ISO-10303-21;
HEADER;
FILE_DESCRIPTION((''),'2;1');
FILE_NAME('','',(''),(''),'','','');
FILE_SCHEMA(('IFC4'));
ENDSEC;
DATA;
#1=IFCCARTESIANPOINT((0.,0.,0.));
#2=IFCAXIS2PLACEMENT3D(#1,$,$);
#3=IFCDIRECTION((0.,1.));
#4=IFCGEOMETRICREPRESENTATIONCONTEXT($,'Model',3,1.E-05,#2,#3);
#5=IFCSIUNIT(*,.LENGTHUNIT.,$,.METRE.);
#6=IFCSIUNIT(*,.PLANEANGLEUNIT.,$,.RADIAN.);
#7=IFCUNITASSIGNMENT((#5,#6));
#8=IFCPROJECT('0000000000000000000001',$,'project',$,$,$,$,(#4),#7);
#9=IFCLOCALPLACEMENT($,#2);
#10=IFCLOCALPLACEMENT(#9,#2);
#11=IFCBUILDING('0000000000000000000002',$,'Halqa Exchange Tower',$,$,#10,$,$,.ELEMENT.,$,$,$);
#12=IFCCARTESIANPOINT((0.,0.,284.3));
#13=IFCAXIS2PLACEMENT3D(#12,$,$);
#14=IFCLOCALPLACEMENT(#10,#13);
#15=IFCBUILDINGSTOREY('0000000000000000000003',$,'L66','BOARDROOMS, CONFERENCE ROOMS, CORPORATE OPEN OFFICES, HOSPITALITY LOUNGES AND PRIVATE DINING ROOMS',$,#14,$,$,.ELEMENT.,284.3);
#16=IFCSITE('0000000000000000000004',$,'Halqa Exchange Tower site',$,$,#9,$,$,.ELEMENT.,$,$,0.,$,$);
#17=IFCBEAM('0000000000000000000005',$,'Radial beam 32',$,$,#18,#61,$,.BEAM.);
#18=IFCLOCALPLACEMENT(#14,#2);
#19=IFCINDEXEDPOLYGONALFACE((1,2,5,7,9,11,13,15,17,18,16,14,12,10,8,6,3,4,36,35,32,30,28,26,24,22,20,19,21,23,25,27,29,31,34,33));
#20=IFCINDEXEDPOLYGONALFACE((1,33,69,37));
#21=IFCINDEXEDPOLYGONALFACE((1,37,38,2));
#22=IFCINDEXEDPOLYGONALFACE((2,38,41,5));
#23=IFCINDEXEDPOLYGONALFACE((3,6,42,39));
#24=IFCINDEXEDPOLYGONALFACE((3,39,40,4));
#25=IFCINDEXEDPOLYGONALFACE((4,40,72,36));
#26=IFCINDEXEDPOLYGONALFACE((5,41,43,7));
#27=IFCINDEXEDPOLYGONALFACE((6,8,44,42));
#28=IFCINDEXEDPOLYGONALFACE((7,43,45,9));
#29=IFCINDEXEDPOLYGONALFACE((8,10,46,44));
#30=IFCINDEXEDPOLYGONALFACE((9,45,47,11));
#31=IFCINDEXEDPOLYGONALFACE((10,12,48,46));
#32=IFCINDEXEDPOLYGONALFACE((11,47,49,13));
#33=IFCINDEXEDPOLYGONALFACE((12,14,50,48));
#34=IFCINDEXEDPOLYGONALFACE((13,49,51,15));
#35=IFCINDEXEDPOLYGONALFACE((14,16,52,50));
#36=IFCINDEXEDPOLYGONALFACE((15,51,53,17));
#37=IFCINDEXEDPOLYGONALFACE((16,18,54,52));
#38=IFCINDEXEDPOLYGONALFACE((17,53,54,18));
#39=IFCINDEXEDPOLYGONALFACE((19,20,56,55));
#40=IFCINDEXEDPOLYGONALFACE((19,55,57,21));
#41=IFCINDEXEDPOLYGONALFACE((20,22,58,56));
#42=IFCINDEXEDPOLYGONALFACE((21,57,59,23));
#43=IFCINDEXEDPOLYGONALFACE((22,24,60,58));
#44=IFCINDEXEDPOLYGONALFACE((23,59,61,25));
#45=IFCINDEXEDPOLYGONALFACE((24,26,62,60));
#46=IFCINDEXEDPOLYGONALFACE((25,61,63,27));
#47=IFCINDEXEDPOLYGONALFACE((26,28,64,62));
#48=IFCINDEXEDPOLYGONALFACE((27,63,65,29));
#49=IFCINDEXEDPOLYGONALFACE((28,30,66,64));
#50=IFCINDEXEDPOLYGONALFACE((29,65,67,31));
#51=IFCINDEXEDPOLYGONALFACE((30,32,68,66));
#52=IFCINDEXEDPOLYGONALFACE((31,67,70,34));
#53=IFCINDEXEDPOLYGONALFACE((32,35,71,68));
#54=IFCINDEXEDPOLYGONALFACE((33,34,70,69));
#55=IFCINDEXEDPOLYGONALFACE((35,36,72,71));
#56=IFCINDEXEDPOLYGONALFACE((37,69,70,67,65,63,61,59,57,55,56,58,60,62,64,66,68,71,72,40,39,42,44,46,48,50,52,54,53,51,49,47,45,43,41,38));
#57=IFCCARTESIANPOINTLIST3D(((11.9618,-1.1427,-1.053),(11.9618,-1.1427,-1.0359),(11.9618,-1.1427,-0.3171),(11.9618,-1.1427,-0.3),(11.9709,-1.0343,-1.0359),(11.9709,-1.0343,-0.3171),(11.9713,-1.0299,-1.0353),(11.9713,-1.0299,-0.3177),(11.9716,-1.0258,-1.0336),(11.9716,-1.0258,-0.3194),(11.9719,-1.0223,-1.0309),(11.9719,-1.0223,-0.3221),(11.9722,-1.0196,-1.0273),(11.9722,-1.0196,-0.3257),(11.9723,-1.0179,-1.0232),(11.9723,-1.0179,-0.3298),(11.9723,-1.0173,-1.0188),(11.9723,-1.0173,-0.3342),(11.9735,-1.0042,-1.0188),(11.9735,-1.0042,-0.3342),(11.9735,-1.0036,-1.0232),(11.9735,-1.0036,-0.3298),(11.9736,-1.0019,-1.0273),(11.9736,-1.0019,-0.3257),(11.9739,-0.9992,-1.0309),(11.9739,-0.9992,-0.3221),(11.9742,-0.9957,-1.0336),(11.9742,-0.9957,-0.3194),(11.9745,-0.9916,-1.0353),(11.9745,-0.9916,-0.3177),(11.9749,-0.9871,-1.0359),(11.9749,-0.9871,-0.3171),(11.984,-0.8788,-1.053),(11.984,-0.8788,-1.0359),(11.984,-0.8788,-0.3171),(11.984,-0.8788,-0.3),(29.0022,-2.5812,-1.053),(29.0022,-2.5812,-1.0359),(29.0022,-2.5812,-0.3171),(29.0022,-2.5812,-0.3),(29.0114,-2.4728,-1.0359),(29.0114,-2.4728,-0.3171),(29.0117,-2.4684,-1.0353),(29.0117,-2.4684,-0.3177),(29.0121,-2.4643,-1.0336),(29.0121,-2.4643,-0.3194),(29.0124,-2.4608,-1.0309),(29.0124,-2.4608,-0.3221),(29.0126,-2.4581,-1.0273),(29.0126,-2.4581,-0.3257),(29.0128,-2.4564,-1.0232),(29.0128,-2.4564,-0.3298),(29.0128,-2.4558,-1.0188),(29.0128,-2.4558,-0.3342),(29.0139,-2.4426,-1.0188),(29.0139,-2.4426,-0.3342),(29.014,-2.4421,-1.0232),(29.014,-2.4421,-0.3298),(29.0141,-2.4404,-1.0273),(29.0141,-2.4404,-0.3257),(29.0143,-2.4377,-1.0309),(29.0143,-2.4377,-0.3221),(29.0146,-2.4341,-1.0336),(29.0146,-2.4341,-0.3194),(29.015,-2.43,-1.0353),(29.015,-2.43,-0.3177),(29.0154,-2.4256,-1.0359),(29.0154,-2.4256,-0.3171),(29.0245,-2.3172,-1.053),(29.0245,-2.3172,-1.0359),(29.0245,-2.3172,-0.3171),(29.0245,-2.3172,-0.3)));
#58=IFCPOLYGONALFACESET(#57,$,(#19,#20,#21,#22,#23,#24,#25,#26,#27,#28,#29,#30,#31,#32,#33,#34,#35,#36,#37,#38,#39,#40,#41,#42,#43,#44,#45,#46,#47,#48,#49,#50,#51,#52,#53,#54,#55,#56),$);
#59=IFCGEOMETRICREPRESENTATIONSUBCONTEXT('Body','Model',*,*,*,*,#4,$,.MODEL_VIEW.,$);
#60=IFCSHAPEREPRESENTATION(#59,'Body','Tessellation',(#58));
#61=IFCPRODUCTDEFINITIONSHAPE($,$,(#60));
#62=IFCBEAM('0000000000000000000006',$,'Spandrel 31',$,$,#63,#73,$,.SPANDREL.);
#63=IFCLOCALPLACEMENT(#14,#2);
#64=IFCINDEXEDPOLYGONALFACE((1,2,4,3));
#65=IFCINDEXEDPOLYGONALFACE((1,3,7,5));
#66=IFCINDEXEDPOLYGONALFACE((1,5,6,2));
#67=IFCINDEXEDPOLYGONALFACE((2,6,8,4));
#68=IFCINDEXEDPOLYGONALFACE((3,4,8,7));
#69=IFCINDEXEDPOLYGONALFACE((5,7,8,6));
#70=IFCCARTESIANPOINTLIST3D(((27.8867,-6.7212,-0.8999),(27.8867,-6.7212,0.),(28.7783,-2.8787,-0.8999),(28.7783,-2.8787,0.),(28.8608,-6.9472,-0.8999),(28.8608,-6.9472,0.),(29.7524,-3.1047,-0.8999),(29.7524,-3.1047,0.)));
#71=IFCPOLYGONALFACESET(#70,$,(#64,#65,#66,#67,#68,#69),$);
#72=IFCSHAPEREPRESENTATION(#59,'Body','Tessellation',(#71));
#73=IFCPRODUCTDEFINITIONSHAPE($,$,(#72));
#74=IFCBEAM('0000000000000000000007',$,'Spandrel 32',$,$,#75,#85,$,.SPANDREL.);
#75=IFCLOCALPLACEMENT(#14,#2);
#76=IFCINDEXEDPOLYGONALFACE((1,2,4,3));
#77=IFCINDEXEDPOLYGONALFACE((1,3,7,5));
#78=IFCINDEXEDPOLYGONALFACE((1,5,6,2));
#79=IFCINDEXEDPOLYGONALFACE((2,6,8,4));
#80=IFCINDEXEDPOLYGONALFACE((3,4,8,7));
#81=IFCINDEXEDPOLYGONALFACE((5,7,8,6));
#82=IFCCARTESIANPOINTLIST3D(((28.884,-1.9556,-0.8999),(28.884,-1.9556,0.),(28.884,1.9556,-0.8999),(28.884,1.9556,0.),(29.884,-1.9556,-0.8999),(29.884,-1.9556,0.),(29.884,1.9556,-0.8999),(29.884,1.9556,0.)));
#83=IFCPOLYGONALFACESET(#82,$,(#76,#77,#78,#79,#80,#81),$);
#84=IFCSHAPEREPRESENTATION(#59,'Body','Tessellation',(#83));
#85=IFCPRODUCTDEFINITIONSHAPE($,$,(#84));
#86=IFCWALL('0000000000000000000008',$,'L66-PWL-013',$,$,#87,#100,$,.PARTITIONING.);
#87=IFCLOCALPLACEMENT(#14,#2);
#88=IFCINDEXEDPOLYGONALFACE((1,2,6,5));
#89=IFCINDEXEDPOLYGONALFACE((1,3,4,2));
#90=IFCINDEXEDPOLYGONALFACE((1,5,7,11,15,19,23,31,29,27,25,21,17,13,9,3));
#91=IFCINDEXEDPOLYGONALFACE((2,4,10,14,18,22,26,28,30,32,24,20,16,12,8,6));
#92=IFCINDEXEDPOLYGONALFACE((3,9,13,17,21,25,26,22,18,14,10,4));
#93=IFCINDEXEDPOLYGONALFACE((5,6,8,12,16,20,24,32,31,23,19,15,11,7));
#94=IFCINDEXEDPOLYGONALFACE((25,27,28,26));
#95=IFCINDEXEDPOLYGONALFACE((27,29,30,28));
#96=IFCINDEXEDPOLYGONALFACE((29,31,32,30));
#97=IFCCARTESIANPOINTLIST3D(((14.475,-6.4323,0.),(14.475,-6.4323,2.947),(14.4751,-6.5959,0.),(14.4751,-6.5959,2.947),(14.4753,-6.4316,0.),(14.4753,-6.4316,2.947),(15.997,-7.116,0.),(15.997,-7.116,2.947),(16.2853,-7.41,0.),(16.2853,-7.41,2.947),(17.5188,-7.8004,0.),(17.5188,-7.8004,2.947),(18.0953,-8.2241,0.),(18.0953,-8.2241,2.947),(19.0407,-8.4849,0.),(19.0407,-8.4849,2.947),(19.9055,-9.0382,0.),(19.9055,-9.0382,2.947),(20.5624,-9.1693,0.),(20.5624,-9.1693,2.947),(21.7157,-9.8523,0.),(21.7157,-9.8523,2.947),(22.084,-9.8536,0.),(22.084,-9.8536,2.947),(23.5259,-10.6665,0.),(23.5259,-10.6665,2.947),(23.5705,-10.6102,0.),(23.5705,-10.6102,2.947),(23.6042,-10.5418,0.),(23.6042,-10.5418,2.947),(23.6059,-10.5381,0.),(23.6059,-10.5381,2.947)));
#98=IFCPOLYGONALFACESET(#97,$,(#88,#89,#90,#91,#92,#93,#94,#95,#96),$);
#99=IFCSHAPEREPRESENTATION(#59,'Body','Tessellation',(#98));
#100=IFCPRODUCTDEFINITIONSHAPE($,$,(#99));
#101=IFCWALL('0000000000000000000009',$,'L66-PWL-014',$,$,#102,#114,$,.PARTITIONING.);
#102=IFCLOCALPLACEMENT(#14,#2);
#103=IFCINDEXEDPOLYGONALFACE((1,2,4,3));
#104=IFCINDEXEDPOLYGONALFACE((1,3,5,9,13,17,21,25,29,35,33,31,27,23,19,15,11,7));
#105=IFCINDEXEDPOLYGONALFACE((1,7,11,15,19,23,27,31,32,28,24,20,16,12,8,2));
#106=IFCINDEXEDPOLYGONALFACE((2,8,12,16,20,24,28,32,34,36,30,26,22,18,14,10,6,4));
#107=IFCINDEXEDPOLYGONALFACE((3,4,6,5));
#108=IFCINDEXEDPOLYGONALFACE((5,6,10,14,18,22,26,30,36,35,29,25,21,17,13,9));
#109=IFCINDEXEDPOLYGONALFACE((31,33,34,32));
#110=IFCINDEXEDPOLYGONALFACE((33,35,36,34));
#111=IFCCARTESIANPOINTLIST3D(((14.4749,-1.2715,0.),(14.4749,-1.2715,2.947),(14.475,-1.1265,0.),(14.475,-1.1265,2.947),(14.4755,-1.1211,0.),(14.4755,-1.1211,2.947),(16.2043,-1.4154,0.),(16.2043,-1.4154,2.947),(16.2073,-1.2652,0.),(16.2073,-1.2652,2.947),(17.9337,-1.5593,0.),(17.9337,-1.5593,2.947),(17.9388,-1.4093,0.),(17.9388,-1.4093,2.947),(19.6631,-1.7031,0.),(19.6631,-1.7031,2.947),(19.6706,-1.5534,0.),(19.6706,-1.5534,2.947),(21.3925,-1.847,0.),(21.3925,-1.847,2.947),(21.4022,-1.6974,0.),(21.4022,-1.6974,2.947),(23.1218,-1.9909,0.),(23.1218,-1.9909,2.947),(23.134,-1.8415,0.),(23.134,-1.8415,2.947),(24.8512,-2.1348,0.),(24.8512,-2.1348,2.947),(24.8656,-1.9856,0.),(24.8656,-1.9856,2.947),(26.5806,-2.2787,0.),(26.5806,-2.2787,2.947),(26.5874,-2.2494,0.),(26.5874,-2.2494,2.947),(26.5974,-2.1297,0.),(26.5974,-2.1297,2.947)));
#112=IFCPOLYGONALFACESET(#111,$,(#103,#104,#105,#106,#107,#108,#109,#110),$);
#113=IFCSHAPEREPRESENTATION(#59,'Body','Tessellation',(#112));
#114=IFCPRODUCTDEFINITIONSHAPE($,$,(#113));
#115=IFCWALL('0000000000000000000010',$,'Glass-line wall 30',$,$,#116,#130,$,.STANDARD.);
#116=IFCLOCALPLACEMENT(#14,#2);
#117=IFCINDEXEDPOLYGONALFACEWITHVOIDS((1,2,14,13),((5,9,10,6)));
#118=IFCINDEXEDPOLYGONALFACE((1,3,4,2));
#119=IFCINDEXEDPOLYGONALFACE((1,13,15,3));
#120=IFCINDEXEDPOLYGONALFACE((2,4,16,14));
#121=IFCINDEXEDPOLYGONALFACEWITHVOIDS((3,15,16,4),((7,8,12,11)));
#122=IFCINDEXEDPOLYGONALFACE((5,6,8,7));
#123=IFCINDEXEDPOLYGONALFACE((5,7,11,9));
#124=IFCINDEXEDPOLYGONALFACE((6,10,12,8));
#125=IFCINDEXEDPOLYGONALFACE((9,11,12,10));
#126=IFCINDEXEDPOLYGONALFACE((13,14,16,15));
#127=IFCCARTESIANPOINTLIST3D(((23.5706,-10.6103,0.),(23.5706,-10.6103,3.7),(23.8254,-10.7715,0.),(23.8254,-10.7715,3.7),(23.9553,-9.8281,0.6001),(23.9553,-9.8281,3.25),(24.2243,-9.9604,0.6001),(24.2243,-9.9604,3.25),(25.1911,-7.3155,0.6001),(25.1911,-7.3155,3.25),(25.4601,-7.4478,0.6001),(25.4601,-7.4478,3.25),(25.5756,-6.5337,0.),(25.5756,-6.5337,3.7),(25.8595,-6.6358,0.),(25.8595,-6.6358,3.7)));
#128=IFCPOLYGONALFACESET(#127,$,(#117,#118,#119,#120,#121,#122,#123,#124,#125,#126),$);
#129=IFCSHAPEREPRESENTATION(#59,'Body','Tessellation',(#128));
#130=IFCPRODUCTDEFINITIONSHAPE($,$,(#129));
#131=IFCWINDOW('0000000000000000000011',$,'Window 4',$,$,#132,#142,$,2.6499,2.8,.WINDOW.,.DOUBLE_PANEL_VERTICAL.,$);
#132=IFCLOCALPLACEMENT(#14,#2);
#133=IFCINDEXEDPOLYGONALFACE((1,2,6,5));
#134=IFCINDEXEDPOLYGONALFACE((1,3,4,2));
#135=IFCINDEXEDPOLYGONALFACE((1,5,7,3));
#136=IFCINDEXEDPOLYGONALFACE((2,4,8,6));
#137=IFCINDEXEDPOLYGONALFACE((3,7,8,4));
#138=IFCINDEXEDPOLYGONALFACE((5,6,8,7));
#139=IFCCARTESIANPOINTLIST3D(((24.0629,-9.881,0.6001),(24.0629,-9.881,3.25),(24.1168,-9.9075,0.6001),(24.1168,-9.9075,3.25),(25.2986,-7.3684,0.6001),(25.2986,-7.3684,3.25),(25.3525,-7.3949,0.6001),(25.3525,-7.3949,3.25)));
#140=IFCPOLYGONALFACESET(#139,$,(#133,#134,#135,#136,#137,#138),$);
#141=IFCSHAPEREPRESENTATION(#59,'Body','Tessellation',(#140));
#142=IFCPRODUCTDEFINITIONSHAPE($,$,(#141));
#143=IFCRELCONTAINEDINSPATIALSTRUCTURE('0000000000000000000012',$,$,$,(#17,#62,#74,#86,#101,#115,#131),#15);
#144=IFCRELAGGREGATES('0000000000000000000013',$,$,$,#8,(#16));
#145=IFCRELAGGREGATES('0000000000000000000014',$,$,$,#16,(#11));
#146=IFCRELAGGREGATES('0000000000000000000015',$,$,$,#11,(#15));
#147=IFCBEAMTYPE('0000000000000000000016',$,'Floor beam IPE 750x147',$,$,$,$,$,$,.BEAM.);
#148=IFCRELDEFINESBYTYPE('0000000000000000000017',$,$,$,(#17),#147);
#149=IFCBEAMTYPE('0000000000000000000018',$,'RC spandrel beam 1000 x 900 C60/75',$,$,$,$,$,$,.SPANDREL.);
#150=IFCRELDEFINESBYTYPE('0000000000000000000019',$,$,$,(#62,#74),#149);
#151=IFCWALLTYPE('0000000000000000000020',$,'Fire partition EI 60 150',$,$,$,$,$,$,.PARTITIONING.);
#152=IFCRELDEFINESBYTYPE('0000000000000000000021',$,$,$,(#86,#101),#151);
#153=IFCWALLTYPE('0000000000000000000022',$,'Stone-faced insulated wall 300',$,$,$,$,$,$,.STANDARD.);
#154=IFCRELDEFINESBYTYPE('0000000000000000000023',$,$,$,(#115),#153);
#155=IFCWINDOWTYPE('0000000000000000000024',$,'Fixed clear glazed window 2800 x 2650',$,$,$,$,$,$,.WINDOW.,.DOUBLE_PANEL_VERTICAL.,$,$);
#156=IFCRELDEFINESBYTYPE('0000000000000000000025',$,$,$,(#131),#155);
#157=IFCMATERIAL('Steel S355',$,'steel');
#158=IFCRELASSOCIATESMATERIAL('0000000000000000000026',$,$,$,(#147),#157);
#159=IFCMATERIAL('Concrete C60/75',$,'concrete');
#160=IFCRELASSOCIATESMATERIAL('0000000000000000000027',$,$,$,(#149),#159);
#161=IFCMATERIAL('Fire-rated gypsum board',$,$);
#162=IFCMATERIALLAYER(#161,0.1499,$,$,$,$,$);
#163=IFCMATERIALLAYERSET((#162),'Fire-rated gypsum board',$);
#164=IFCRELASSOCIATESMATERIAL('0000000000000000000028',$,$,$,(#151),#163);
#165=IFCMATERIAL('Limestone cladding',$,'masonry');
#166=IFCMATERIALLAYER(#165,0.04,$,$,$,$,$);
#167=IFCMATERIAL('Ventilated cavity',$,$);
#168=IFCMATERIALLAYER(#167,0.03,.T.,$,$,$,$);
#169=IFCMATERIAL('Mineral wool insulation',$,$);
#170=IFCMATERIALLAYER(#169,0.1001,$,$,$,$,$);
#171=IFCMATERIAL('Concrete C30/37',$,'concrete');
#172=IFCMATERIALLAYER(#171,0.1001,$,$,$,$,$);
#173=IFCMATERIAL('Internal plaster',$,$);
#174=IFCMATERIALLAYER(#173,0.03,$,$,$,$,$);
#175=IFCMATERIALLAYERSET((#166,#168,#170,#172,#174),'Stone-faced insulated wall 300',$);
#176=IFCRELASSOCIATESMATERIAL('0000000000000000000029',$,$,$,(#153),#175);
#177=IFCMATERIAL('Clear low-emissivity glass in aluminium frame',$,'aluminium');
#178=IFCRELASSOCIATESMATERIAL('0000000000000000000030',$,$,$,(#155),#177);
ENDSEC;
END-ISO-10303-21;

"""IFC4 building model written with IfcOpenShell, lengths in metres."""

from ifc_helpers import new_model, si_unit, direction, frame, frame_2d, origin, origin_2d, place, context, subcontext, project, spatial, polyline, rectangle, i_section, outline, extrude, material, layer, layer_set, material_profile, profile_set, type_object, element, fill, save


model = new_model("IFC4")

# Units and contexts
model_context = context("Model", 3, precision=1e-05, world=origin(), true_north=direction((0.0, 1.0)))
body_context = subcontext(model_context, "Body", "Model", "MODEL_VIEW")
ifc_project = project(units=[si_unit("LENGTHUNIT", "METRE"), si_unit("PLANEANGLEUNIT", "RADIAN")], contexts=[model_context])

# Site, building, storey
site_placement = place(None, origin())
site = spatial("IfcSite", under=ifc_project, at=site_placement, Name="Halqa Exchange Tower site", CompositionType="ELEMENT", RefElevation=0.0)
building_placement = place(site_placement, origin())
building = spatial("IfcBuilding", under=site, at=building_placement, Name="Halqa Exchange Tower", CompositionType="ELEMENT")
storey_placement = place(building_placement, frame((0.0, 0.0, 284.3)))
storey = spatial("IfcBuildingStorey", under=building, at=storey_placement, Name="L66", Description="BOARDROOMS, CONFERENCE ROOMS, CORPORATE OPEN OFFICES, HOSPITALITY LOUNGES AND PRIVATE DINING ROOMS", CompositionType="ELEMENT", Elevation=284.3)

# Shared definitions
ifc_material_1 = material(Name="Concrete C60/75", Category="concrete")

# Beams
ifc_material_2 = material(Name="Steel S355", Category="steel")
ifc_material_profile_1 = material_profile(ifc_material_2, i_section(OverallWidth=0.2649, OverallDepth=0.7529, WebThickness=0.0132, FlangeThickness=0.0171, FilletRadius=0.0171, at=origin_2d()), Name="IPE 750x147")
ifc_profile_set_1 = profile_set([ifc_material_profile_1], Name="Steel S355")
beam_type_1 = type_object("IfcBeamType", Name="Floor beam IPE 750x147", PredefinedType="BEAM", material=ifc_profile_set_1)
beam_1_placement = place(storey_placement, frame((11.9729, -1.0107, -0.6765), z_axis=(0.996456, -0.084116, 0.0), x_axis=(0.084116, 0.996456, 0.0)))
element("IfcBeam", 1, at=beam_1_placement, inside=storey, type_object=beam_type_1, Name="Radial beam 32", PredefinedType="BEAM", context=body_context, shape_type="SweptSolid", body=[
    extrude(i_section(OverallWidth=0.2649, OverallDepth=0.7529, WebThickness=0.0132, FlangeThickness=0.0171, FilletRadius=0.0171, at=origin_2d()), origin(), (0.0, 0.0, 1.0), 17.1011),
])
ifc_material_profile_2 = material_profile(ifc_material_1, rectangle(XDim=1.0, YDim=0.8999, at=origin_2d()), Name="1000 x 900")
ifc_profile_set_2 = profile_set([ifc_material_profile_2], Name="Concrete C60/75")
beam_type_2 = type_object("IfcBeamType", Name="RC spandrel beam 1000 x 900 C60/75", PredefinedType="SPANDREL", material=ifc_profile_set_2)
beam_2_placement = place(storey_placement, frame((28.3738, -6.8342, -0.45), z_axis=(0.22603, 0.97412, 0.0), x_axis=(-0.97412, 0.22603, 0.0)))
element("IfcBeam", 2, at=beam_2_placement, inside=storey, type_object=beam_type_2, Name="Spandrel 31", PredefinedType="SPANDREL", context=body_context, shape_type="SweptSolid", body=[
    extrude(rectangle(XDim=1.0, YDim=0.8999, at=origin_2d()), origin(), (0.0, 0.0, 1.0), 3.9446),
])
beam_3_placement = place(storey_placement, frame((29.384, -1.9556, -0.45), z_axis=(0.0, 1.0, 0.0), x_axis=(-1.0, 0.0, 0.0)))
element("IfcBeam", 3, at=beam_3_placement, inside=storey, type_object=beam_type_2, Name="Spandrel 32", PredefinedType="SPANDREL", context=body_context, shape_type="SweptSolid", body=[
    extrude(rectangle(XDim=1.0, YDim=0.8999, at=origin_2d()), origin(), (0.0, 0.0, 1.0), 3.9111),
])

# Walls
ifc_material_3 = material(Name="Fire-rated gypsum board")
ifc_layer_1 = layer(ifc_material_3, 0.1499)
ifc_layer_set_1 = layer_set([ifc_layer_1], Name="Fire-rated gypsum board")
wall_type_1 = type_object("IfcWallType", Name="Fire partition EI 60 150", PredefinedType="PARTITIONING", material=ifc_layer_set_1)
wall_1_placement = place(storey_placement, frame((14.4446, -6.5, 0.0), z_axis=(0.0, 0.0, 1.0), x_axis=(0.912009, -0.410171, 0.0)))
element("IfcWall", 4, at=wall_1_placement, inside=storey, type_object=wall_type_1, Name="L66-PWL-013", PredefinedType="PARTITIONING", context=body_context, shape_type="SweptSolid", body=[
    extrude(outline(polyline([(0.0671, -0.075), (2.052, -0.075), (4.0366, -0.075), (6.0215, -0.075), (8.0063, -0.075), (9.9912, -0.075), (10.0088, -0.0054), (10.0115, 0.0708), (10.0115, 0.075), (8.3428, 0.075), (6.6743, 0.075), (5.0059, 0.075), (3.3372, 0.075), (1.6685, 0.075), (0.0, 0.075), (0.0, 0.0742), (0.0671, -0.075)])), origin(), (0.0, 0.0, 1.0), 2.947),
])
wall_2_placement = place(storey_placement, frame((14.4692, -1.1958, 0.0), z_axis=(0.0, 0.0, 1.0), x_axis=(0.996557, -0.082914, 0.0)))
element("IfcWall", 5, at=wall_2_placement, inside=storey, type_object=wall_type_1, Name="L66-PWL-014", PredefinedType="PARTITIONING", context=body_context, shape_type="SweptSolid", body=[
    extrude(outline(polyline([(0.012, -0.075), (1.7473, -0.075), (3.4827, -0.075), (5.218, -0.075), (6.9534, -0.075), (8.6887, -0.075), (10.4241, -0.075), (12.1594, -0.075), (12.1638, -0.0452), (12.1638, 0.075), (10.426, 0.075), (8.6885, 0.075), (6.9507, 0.075), (5.2131, 0.075), (3.4753, 0.075), (1.7378, 0.075), (0.0, 0.075), (0.0, 0.0696), (0.012, -0.075)])), origin(), (0.0, 0.0, 1.0), 2.947),
])

# Wall, opening, window
ifc_material_4 = material(Name="Limestone cladding", Category="masonry")
ifc_layer_2 = layer(ifc_material_4, 0.04)
ifc_material_5 = material(Name="Ventilated cavity")
ifc_layer_3 = layer(ifc_material_5, 0.03, ventilated=True)
ifc_material_6 = material(Name="Mineral wool insulation")
ifc_layer_4 = layer(ifc_material_6, 0.1001)
ifc_material_7 = material(Name="Concrete C30/37", Category="concrete")
ifc_layer_5 = layer(ifc_material_7, 0.1001)
ifc_material_8 = material(Name="Internal plaster")
ifc_layer_6 = layer(ifc_material_8, 0.03)
ifc_layer_set_2 = layer_set([ifc_layer_2, ifc_layer_3, ifc_layer_4, ifc_layer_5, ifc_layer_6], Name="Stone-faced insulated wall 300")
wall_type_2 = type_object("IfcWallType", Name="Stone-faced insulated wall 300", PredefinedType="STANDARD", material=ifc_layer_set_2)
wall_3_placement = place(storey_placement, frame((23.698, -10.6909, 0.0), z_axis=(0.0, 0.0, 1.0), x_axis=(0.441335, 0.897342, 0.0)))
wall_3 = element("IfcWall", 6, at=wall_3_placement, inside=storey, type_object=wall_type_2, Name="Glass-line wall 30", PredefinedType="STANDARD", context=body_context, shape_type="SweptSolid", body=[
    extrude(outline(polyline([(-0.0161, -0.1499), (4.5928, -0.1499), (4.5591, 0.1499), (0.0161, 0.1499), (-0.0161, -0.1499)])), origin(), (0.0, 0.0, 1.0), 3.7),
])
opening_1_placement = place(wall_3_placement, frame((0.8879, 0.0, 0.6001)))
opening_1 = element("IfcOpeningElement", 7, at=opening_1_placement, cuts=wall_3, PredefinedType="OPENING", context=body_context, shape_type="SweptSolid", body=[
    extrude(rectangle(XDim=2.8, YDim=2.6499, at=frame_2d((1.3999, 1.325))), frame((0.0, 0.1621, 0.0), z_axis=(0.0, -1.0, 0.0), x_axis=(1.0, 0.0, 0.0)), (0.0, 0.0, 1.0), 0.324),
])
ifc_material_9 = material(Name="Clear low-emissivity glass in aluminium frame", Category="aluminium")
window_type = type_object("IfcWindowType", Name="Fixed clear glazed window 2800 x 2650", PartitioningType="DOUBLE_PANEL_VERTICAL", PredefinedType="WINDOW", material=ifc_material_9)
window_1_placement = place(opening_1_placement, origin())
window_1 = element("IfcWindow", 8, at=window_1_placement, inside=storey, type_object=window_type, Name="Window 4", OverallHeight=2.6499, OverallWidth=2.8, PartitioningType="DOUBLE_PANEL_VERTICAL", PredefinedType="WINDOW", context=body_context, shape_type="SweptSolid", body=[
    extrude(rectangle(XDim=2.8, YDim=2.6499, at=frame_2d((1.3999, 1.325))), frame((0.0, 0.03, 0.0), z_axis=(0.0, -1.0, 0.0), x_axis=(1.0, 0.0, 0.0)), (0.0, 0.0, 1.0), 0.0601),
])
fill(opening_1, window_1)

save(model, "model.ifc")
